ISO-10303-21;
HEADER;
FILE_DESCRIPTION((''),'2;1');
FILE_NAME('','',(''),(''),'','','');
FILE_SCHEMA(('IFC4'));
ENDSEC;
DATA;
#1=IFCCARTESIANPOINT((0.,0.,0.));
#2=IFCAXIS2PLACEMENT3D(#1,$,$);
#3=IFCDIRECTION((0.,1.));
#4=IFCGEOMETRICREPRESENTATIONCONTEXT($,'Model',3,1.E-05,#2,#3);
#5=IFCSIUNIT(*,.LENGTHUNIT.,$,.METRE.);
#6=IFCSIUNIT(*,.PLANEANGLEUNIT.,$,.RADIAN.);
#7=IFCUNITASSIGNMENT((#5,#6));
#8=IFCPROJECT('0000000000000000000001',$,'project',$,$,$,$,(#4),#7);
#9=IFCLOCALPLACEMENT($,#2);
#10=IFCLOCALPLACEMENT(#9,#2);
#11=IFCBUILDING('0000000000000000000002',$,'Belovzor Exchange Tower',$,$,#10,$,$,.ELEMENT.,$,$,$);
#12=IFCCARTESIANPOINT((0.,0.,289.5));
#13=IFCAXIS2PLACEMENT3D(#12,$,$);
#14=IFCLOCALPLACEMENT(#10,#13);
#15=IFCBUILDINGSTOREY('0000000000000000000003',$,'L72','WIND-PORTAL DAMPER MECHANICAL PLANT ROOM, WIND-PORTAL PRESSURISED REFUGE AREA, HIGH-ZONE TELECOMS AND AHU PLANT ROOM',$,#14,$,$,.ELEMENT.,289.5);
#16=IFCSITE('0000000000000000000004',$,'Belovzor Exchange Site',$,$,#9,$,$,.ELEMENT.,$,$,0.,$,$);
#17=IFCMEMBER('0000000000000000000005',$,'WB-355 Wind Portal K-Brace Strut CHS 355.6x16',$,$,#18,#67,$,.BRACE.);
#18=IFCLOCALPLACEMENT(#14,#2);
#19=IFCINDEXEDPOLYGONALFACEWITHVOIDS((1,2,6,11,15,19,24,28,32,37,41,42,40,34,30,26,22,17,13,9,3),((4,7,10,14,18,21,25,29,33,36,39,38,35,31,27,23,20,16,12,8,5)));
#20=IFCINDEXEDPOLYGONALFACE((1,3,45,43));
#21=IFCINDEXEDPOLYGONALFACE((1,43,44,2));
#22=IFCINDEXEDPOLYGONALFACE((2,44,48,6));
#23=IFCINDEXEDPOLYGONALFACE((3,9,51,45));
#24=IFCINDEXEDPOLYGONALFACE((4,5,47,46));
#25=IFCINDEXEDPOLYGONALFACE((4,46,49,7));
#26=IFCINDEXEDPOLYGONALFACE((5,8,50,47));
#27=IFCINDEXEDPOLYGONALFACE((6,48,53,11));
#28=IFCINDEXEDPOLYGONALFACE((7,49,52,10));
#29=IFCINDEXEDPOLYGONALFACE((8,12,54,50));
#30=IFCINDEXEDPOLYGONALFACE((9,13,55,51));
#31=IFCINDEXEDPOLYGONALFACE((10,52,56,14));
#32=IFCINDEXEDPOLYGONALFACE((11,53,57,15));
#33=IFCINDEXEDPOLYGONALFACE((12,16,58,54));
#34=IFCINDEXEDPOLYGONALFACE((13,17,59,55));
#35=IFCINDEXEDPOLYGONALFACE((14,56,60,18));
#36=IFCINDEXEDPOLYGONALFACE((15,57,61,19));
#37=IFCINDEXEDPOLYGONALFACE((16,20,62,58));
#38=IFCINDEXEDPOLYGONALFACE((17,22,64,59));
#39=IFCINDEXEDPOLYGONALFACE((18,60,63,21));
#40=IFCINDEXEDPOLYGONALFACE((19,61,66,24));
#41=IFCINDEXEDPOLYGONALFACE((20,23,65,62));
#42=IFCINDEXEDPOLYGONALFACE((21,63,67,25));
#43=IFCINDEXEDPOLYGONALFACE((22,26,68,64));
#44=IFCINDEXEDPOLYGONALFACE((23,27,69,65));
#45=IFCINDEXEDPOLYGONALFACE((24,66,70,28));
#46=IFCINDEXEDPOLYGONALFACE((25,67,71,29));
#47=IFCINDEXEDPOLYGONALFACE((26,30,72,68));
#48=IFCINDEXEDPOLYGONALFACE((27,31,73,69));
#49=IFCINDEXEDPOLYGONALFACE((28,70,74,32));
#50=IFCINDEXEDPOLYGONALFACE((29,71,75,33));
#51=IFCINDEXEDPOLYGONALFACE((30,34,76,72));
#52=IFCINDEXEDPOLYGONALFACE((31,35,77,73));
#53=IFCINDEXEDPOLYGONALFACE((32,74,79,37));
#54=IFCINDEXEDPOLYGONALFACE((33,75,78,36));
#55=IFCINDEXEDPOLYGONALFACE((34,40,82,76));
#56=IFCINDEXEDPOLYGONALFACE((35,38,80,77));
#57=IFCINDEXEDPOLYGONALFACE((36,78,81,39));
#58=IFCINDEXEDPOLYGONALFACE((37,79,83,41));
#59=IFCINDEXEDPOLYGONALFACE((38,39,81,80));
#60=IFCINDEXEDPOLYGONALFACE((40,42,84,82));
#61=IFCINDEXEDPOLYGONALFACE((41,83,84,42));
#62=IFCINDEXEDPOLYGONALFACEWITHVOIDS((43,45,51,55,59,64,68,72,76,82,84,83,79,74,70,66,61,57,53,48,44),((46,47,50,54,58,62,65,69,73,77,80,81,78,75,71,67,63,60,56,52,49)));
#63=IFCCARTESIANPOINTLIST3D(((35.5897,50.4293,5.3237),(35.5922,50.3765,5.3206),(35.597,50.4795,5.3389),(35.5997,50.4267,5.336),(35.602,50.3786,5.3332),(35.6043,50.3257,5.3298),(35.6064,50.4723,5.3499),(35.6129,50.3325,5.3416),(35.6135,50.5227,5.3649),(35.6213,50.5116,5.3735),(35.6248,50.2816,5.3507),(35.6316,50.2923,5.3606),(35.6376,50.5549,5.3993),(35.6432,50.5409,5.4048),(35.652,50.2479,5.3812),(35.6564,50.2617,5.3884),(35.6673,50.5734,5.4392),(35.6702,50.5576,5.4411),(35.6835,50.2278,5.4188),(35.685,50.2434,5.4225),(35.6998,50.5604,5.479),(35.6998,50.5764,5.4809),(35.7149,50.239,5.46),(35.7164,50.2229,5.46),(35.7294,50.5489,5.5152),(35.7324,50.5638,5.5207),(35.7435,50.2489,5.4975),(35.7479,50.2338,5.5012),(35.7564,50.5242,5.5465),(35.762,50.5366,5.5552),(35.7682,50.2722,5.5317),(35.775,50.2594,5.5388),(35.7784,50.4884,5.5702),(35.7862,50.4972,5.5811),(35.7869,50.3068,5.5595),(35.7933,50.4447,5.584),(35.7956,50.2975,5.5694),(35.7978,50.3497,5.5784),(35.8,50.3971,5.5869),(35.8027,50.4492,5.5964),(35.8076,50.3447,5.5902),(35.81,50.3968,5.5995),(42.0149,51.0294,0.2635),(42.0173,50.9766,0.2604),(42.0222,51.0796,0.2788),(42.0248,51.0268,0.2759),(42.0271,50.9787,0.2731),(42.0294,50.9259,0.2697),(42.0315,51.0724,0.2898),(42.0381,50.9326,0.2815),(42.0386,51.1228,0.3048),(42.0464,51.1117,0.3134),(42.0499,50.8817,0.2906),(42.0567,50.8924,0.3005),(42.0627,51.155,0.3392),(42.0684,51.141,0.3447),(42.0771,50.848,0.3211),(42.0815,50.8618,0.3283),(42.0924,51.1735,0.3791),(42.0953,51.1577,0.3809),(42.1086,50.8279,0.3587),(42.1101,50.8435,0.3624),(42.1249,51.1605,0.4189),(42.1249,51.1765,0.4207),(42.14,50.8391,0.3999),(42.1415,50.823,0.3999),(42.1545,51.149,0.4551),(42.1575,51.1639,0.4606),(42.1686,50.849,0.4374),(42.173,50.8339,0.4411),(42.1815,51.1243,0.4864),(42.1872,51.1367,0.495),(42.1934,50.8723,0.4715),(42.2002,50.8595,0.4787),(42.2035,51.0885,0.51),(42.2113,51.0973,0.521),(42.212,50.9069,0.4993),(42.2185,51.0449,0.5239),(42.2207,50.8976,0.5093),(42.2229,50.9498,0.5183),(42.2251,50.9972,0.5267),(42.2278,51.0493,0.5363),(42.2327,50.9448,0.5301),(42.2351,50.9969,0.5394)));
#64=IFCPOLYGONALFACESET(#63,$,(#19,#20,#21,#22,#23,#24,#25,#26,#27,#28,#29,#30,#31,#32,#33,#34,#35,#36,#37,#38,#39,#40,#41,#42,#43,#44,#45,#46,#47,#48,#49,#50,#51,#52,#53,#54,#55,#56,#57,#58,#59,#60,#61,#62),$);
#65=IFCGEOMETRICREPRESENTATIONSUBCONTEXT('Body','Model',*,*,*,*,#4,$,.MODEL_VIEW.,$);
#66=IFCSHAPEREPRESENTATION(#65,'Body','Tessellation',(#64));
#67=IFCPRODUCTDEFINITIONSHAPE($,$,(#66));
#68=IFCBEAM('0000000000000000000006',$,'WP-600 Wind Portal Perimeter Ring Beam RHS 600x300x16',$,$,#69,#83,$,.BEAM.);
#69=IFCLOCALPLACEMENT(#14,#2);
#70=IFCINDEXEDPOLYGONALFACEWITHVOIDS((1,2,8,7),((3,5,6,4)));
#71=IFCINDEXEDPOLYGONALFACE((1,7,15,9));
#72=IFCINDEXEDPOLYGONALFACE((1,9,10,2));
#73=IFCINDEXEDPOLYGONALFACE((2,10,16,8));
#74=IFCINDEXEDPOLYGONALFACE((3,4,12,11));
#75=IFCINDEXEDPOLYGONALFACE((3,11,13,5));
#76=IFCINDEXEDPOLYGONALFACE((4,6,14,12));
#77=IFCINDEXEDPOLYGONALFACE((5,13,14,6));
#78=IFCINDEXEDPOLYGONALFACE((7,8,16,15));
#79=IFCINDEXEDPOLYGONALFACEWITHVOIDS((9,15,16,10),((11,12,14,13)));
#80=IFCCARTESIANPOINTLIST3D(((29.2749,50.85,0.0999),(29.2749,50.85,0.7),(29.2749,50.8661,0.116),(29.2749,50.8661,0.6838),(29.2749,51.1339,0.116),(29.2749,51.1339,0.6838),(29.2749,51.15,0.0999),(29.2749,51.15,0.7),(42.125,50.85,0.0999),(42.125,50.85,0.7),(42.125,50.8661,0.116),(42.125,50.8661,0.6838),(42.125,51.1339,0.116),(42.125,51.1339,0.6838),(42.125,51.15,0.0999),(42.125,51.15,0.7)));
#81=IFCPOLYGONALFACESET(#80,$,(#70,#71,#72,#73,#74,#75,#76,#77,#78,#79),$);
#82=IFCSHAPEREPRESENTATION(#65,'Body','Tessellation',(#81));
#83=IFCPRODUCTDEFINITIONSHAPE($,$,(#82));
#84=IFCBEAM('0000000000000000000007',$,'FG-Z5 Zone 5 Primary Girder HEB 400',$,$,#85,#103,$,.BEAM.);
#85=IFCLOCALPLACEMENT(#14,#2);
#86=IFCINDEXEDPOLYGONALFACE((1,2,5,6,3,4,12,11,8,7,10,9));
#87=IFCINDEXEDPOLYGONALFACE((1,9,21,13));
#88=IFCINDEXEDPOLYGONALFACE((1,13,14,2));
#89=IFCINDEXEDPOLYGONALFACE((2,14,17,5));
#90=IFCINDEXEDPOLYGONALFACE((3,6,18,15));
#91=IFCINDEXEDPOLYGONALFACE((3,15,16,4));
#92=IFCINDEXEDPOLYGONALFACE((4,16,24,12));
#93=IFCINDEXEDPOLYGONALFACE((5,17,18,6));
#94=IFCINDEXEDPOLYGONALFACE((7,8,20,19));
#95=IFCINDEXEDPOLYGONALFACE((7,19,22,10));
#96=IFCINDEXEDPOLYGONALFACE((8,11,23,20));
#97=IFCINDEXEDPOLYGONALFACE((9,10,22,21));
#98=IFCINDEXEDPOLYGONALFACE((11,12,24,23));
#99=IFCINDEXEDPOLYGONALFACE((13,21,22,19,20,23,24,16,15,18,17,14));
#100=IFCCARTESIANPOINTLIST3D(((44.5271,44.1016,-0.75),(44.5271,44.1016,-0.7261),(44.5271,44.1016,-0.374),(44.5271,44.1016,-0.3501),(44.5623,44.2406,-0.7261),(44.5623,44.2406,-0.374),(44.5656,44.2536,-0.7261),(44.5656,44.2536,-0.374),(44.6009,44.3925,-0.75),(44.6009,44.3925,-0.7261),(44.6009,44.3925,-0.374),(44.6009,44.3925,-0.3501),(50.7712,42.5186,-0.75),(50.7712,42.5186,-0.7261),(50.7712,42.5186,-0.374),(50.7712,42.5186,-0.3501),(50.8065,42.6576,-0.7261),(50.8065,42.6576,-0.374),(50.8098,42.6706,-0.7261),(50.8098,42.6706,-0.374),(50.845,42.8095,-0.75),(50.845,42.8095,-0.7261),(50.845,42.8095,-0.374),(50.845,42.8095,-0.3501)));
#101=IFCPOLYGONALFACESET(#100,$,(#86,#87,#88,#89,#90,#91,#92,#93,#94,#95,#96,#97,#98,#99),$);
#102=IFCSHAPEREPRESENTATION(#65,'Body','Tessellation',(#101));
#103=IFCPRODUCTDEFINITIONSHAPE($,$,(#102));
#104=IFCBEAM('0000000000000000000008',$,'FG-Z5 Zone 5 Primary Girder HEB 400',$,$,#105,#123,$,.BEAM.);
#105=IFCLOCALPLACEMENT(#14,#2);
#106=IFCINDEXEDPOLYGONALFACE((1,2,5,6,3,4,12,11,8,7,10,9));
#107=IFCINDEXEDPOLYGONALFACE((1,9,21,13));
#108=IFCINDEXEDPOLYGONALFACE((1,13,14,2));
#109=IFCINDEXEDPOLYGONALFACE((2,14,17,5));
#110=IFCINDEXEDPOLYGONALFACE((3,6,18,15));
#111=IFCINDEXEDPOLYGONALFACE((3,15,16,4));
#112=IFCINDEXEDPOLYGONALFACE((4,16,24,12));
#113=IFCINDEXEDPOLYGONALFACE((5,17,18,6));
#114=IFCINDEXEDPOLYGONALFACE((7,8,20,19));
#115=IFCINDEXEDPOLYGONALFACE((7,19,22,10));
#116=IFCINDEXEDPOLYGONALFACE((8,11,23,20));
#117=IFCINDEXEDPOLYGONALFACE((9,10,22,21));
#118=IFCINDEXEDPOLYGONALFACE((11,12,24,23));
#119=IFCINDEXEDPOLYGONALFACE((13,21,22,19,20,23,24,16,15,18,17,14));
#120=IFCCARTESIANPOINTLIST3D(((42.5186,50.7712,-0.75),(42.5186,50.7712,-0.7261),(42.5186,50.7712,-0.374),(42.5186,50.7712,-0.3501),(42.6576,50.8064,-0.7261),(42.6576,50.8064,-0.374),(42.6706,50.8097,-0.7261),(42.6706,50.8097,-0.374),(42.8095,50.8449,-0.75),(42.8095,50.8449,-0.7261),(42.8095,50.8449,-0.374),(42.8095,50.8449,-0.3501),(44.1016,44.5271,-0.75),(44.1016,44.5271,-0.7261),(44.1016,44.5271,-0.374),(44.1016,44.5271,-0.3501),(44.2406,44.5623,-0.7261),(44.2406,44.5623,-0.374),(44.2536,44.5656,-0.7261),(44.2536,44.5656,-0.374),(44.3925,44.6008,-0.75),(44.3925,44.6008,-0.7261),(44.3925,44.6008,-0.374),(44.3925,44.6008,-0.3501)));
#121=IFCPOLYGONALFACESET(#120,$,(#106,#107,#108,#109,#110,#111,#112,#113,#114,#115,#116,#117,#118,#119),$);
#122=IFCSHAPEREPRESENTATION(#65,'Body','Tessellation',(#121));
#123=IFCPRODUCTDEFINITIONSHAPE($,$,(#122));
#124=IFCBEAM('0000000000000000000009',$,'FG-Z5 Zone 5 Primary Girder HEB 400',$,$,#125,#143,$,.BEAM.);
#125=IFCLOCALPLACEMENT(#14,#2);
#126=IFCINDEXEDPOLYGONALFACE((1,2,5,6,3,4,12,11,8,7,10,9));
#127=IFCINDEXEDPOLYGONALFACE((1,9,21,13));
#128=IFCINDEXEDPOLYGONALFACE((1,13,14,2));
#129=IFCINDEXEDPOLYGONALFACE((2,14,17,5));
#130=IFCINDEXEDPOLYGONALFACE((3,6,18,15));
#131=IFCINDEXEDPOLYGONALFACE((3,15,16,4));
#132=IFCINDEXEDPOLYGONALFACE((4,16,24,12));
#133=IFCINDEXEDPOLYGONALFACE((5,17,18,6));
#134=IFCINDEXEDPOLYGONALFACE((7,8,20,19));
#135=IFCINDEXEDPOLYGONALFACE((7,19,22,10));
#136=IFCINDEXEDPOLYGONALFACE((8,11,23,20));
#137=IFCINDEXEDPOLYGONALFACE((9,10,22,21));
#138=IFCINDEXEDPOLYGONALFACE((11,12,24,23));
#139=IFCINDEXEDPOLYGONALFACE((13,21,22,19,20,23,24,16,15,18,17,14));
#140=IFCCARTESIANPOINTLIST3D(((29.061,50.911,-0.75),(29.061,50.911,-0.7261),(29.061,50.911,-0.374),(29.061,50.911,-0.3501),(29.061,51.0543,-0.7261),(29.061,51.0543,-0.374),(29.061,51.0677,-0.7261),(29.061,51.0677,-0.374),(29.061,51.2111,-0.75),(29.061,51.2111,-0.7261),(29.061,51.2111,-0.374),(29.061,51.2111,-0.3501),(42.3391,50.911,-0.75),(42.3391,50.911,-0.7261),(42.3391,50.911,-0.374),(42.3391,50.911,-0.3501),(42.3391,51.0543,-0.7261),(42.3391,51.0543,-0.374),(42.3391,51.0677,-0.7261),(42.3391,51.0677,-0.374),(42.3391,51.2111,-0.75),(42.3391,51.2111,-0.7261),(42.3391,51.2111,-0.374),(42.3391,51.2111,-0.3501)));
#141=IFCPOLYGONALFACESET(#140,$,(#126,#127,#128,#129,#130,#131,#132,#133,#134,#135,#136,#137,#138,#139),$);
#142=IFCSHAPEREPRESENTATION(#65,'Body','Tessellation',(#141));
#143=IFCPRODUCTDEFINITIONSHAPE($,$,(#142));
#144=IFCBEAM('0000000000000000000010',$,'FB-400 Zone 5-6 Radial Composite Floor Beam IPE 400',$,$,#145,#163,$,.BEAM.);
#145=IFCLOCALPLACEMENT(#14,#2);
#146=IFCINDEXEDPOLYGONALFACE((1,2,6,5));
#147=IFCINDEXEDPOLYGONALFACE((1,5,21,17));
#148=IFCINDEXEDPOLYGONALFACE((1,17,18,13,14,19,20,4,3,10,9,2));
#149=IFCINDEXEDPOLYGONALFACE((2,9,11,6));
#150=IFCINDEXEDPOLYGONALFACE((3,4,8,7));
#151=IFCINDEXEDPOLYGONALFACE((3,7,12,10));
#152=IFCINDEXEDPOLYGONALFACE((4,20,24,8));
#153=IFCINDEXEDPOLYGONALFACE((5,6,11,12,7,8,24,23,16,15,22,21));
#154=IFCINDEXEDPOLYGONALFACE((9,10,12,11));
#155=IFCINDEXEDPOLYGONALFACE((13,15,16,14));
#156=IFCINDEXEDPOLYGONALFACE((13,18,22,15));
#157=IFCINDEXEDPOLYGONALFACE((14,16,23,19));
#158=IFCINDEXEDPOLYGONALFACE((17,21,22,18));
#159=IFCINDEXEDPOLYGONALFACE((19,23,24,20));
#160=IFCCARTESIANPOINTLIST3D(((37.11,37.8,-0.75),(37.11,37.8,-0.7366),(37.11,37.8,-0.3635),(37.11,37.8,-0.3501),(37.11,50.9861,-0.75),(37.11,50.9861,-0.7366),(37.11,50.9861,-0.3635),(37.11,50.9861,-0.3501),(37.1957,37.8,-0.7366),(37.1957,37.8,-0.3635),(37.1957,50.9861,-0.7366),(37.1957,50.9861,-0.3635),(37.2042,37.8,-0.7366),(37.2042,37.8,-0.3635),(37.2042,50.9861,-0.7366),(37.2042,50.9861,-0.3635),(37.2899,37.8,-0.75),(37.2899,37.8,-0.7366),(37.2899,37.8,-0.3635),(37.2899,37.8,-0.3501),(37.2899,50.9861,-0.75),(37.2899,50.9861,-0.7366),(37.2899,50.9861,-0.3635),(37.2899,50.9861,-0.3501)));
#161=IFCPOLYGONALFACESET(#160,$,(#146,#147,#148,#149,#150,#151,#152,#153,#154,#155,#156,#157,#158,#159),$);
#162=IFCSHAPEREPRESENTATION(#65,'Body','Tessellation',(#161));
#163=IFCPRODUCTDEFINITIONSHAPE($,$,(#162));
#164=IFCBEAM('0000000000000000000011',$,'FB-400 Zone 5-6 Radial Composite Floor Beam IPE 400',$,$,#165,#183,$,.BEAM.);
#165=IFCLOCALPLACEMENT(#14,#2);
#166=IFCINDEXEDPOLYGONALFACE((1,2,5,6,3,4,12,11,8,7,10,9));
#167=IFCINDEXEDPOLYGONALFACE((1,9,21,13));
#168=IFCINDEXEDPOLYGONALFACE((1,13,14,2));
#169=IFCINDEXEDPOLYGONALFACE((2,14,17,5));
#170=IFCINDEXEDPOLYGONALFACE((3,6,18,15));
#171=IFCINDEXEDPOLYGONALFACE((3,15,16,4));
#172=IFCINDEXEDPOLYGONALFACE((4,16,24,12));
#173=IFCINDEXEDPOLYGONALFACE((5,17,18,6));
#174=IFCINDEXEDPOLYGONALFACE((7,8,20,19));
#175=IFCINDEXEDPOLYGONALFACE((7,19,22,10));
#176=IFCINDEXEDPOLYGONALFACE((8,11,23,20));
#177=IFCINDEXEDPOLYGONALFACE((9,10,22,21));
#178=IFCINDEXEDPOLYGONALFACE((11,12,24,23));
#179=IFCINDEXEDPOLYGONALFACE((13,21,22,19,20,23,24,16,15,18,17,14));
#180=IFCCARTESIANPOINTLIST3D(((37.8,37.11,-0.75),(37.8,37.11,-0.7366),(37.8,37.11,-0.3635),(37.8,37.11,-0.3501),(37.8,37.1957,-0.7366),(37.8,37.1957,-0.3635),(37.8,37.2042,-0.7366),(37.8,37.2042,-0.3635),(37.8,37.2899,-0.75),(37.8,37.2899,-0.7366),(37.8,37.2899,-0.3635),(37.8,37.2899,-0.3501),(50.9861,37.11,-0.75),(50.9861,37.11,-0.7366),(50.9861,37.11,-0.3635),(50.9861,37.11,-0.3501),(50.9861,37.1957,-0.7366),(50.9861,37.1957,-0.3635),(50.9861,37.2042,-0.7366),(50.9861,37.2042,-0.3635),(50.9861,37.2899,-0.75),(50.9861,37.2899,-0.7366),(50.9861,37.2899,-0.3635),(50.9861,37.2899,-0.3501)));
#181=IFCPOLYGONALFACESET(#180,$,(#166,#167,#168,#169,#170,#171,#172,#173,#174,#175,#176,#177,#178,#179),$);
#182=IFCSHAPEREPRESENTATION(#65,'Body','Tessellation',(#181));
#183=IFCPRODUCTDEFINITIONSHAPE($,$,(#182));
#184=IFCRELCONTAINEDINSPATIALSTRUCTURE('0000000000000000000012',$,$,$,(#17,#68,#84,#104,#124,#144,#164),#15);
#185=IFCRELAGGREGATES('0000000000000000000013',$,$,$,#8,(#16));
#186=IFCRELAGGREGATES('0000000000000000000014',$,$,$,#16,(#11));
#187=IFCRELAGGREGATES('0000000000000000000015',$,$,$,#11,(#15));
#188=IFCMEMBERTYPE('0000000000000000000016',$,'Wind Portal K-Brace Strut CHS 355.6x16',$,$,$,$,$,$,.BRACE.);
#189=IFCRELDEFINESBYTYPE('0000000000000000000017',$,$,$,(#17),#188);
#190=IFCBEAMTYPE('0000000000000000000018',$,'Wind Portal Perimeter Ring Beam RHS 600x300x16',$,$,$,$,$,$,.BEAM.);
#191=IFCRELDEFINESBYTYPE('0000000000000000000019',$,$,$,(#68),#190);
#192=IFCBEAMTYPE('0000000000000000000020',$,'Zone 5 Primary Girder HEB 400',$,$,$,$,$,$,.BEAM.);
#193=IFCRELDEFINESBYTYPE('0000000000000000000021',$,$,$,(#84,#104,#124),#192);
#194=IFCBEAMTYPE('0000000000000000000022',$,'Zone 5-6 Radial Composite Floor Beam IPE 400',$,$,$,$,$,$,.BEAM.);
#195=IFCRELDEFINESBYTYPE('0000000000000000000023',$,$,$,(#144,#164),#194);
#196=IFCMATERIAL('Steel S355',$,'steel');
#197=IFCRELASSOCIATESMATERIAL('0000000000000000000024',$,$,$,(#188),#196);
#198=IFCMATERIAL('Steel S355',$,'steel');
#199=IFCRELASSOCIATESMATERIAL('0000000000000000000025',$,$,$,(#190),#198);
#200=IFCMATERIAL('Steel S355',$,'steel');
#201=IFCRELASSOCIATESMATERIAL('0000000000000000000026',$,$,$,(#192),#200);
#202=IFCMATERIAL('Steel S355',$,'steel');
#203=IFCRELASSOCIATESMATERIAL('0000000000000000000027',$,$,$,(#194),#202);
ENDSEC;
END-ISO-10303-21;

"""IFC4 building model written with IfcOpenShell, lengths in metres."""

from ifc_helpers import new_model, si_unit, direction, frame, origin, origin_2d, place, context, subcontext, project, spatial, hollow_rectangle, hollow_circle, i_section, extrude, material, material_profile, profile_set, type_object, element, save


model = new_model("IFC4")

# Units and contexts
model_context = context("Model", 3, precision=1e-05, world=origin(), true_north=direction((0.0, 1.0)))
body_context = subcontext(model_context, "Body", "Model", "MODEL_VIEW")
ifc_project = project(units=[si_unit("LENGTHUNIT", "METRE"), si_unit("PLANEANGLEUNIT", "RADIAN")], contexts=[model_context])

# Site, building, storey
site_placement = place(None, origin())
site = spatial("IfcSite", under=ifc_project, at=site_placement, Name="Belovzor Exchange Site", CompositionType="ELEMENT", RefElevation=0.0)
building_placement = place(site_placement, origin())
building = spatial("IfcBuilding", under=site, at=building_placement, Name="Belovzor Exchange Tower", CompositionType="ELEMENT")
storey_placement = place(building_placement, frame((0.0, 0.0, 289.5)))
storey = spatial("IfcBuildingStorey", under=building, at=storey_placement, Name="L72", Description="WIND-PORTAL DAMPER MECHANICAL PLANT ROOM, WIND-PORTAL PRESSURISED REFUGE AREA, HIGH-ZONE TELECOMS AND AHU PLANT ROOM", CompositionType="ELEMENT", Elevation=289.5)

# Member
ifc_material_1 = material(Name="Steel S355", Category="steel")
ifc_material_profile_1 = material_profile(ifc_material_1, hollow_circle(Radius=0.1777, WallThickness=0.0161, at=origin_2d()))
ifc_profile_set_1 = profile_set([ifc_material_profile_1], Name="Steel S355")
member_type = type_object("IfcMemberType", Name="Wind Portal K-Brace Strut CHS 355.6x16", PredefinedType="BRACE", material=ifc_profile_set_1)
for number, where, z_axis, x_axis, name in (
    (1, (42.125, 51.0, 0.3999), (-0.78351, -0.07318, 0.617055), (0.092995, -0.995667, 0.0), "WB-355 Wind Portal K-Brace Strut CHS 355.6x16"),
):
    element("IfcMember", number, at=place(storey_placement, frame(where, z_axis=z_axis, x_axis=x_axis)), inside=storey, type_object=member_type, Name=name, PredefinedType="BRACE", context=body_context, shape_type="SweptSolid", body=[
        extrude(hollow_circle(Radius=0.1777, WallThickness=0.0161, at=origin_2d()), origin(), (0.0, 0.0, 1.0), 8.2004),
    ])

# Beams
ifc_material_2 = material(Name="Steel S355", Category="steel")
ifc_material_profile_2 = material_profile(ifc_material_2, hollow_rectangle(XDim=0.3, YDim=0.6001, WallThickness=0.0161, at=origin_2d()))
ifc_profile_set_2 = profile_set([ifc_material_profile_2], Name="Steel S355")
beam_type_1 = type_object("IfcBeamType", Name="Wind Portal Perimeter Ring Beam RHS 600x300x16", PredefinedType="BEAM", material=ifc_profile_set_2)
beam_1_placement = place(storey_placement, frame((42.125, 51.0, 0.3999), z_axis=(-1.0, 0.0, 0.0), x_axis=(0.0, -1.0, 0.0)))
element("IfcBeam", 2, at=beam_1_placement, inside=storey, type_object=beam_type_1, Name="WP-600 Wind Portal Perimeter Ring Beam RHS 600x300x16", PredefinedType="BEAM", context=body_context, shape_type="SweptSolid", body=[
    extrude(hollow_rectangle(XDim=0.3, YDim=0.6001, WallThickness=0.0161, at=origin_2d()), origin(), (0.0, 0.0, 1.0), 12.8501),
])
ifc_material_3 = material(Name="Steel S355", Category="steel")
ifc_material_profile_3 = material_profile(ifc_material_3, i_section(OverallWidth=0.3, OverallDepth=0.3999, WebThickness=0.0134, FlangeThickness=0.0239, at=origin_2d()))
ifc_profile_set_3 = profile_set([ifc_material_profile_3], Name="Steel S355")
beam_type_2 = type_object("IfcBeamType", Name="Zone 5 Primary Girder HEB 400", PredefinedType="BEAM", material=ifc_profile_set_3)
for number, where, z_axis, x_axis, name in (
    (3, (50.8081, 42.6641, -0.55), (-0.969335, 0.245745, 0.0), (-0.245745, -0.969335, 0.0), "FG-Z5 Zone 5 Primary Girder HEB 400"),
    (4, (44.2471, 44.564, -0.55), (-0.245745, 0.969335, 0.0), (-0.969335, -0.245745, 0.0), "FG-Z5 Zone 5 Primary Girder HEB 400"),
):
    element("IfcBeam", number, at=place(storey_placement, frame(where, z_axis=z_axis, x_axis=x_axis)), inside=storey, type_object=beam_type_2, Name=name, PredefinedType="BEAM", context=body_context, shape_type="SweptSolid", body=[
        extrude(i_section(OverallWidth=0.3, OverallDepth=0.3999, WebThickness=0.0134, FlangeThickness=0.0239, at=origin_2d()), origin(), (0.0, 0.0, 1.0), 6.4417),
    ])
beam_2_placement = place(storey_placement, frame((42.3391, 51.061, -0.55), z_axis=(-1.0, 0.0, 0.0), x_axis=(0.0, -1.0, 0.0)))
element("IfcBeam", 5, at=beam_2_placement, inside=storey, type_object=beam_type_2, Name="FG-Z5 Zone 5 Primary Girder HEB 400", PredefinedType="BEAM", context=body_context, shape_type="SweptSolid", body=[
    extrude(i_section(OverallWidth=0.3, OverallDepth=0.3999, WebThickness=0.0134, FlangeThickness=0.0239, at=origin_2d()), origin(), (0.0, 0.0, 1.0), 13.2781),
])
ifc_material_4 = material(Name="Steel S355", Category="steel")
ifc_material_profile_4 = material_profile(ifc_material_4, i_section(OverallWidth=0.1799, OverallDepth=0.3999, WebThickness=0.0085, FlangeThickness=0.0134, at=origin_2d()))
ifc_profile_set_4 = profile_set([ifc_material_profile_4], Name="Steel S355")
beam_type_3 = type_object("IfcBeamType", Name="Zone 5-6 Radial Composite Floor Beam IPE 400", PredefinedType="BEAM", material=ifc_profile_set_4)
for number, where, z_axis, x_axis, name in (
    (6, (37.2, 37.8, -0.55), (0.0, 1.0, 0.0), (-1.0, 0.0, 0.0), "FB-400 Zone 5-6 Radial Composite Floor Beam IPE 400"),
    (7, (37.8, 37.2, -0.55), (1.0, 0.0, 0.0), (0.0, 1.0, 0.0), "FB-400 Zone 5-6 Radial Composite Floor Beam IPE 400"),
):
    element("IfcBeam", number, at=place(storey_placement, frame(where, z_axis=z_axis, x_axis=x_axis)), inside=storey, type_object=beam_type_3, Name=name, PredefinedType="BEAM", context=body_context, shape_type="SweptSolid", body=[
        extrude(i_section(OverallWidth=0.1799, OverallDepth=0.3999, WebThickness=0.0085, FlangeThickness=0.0134, at=origin_2d()), origin(), (0.0, 0.0, 1.0), 13.186),
    ])

save(model, "model.ifc")
